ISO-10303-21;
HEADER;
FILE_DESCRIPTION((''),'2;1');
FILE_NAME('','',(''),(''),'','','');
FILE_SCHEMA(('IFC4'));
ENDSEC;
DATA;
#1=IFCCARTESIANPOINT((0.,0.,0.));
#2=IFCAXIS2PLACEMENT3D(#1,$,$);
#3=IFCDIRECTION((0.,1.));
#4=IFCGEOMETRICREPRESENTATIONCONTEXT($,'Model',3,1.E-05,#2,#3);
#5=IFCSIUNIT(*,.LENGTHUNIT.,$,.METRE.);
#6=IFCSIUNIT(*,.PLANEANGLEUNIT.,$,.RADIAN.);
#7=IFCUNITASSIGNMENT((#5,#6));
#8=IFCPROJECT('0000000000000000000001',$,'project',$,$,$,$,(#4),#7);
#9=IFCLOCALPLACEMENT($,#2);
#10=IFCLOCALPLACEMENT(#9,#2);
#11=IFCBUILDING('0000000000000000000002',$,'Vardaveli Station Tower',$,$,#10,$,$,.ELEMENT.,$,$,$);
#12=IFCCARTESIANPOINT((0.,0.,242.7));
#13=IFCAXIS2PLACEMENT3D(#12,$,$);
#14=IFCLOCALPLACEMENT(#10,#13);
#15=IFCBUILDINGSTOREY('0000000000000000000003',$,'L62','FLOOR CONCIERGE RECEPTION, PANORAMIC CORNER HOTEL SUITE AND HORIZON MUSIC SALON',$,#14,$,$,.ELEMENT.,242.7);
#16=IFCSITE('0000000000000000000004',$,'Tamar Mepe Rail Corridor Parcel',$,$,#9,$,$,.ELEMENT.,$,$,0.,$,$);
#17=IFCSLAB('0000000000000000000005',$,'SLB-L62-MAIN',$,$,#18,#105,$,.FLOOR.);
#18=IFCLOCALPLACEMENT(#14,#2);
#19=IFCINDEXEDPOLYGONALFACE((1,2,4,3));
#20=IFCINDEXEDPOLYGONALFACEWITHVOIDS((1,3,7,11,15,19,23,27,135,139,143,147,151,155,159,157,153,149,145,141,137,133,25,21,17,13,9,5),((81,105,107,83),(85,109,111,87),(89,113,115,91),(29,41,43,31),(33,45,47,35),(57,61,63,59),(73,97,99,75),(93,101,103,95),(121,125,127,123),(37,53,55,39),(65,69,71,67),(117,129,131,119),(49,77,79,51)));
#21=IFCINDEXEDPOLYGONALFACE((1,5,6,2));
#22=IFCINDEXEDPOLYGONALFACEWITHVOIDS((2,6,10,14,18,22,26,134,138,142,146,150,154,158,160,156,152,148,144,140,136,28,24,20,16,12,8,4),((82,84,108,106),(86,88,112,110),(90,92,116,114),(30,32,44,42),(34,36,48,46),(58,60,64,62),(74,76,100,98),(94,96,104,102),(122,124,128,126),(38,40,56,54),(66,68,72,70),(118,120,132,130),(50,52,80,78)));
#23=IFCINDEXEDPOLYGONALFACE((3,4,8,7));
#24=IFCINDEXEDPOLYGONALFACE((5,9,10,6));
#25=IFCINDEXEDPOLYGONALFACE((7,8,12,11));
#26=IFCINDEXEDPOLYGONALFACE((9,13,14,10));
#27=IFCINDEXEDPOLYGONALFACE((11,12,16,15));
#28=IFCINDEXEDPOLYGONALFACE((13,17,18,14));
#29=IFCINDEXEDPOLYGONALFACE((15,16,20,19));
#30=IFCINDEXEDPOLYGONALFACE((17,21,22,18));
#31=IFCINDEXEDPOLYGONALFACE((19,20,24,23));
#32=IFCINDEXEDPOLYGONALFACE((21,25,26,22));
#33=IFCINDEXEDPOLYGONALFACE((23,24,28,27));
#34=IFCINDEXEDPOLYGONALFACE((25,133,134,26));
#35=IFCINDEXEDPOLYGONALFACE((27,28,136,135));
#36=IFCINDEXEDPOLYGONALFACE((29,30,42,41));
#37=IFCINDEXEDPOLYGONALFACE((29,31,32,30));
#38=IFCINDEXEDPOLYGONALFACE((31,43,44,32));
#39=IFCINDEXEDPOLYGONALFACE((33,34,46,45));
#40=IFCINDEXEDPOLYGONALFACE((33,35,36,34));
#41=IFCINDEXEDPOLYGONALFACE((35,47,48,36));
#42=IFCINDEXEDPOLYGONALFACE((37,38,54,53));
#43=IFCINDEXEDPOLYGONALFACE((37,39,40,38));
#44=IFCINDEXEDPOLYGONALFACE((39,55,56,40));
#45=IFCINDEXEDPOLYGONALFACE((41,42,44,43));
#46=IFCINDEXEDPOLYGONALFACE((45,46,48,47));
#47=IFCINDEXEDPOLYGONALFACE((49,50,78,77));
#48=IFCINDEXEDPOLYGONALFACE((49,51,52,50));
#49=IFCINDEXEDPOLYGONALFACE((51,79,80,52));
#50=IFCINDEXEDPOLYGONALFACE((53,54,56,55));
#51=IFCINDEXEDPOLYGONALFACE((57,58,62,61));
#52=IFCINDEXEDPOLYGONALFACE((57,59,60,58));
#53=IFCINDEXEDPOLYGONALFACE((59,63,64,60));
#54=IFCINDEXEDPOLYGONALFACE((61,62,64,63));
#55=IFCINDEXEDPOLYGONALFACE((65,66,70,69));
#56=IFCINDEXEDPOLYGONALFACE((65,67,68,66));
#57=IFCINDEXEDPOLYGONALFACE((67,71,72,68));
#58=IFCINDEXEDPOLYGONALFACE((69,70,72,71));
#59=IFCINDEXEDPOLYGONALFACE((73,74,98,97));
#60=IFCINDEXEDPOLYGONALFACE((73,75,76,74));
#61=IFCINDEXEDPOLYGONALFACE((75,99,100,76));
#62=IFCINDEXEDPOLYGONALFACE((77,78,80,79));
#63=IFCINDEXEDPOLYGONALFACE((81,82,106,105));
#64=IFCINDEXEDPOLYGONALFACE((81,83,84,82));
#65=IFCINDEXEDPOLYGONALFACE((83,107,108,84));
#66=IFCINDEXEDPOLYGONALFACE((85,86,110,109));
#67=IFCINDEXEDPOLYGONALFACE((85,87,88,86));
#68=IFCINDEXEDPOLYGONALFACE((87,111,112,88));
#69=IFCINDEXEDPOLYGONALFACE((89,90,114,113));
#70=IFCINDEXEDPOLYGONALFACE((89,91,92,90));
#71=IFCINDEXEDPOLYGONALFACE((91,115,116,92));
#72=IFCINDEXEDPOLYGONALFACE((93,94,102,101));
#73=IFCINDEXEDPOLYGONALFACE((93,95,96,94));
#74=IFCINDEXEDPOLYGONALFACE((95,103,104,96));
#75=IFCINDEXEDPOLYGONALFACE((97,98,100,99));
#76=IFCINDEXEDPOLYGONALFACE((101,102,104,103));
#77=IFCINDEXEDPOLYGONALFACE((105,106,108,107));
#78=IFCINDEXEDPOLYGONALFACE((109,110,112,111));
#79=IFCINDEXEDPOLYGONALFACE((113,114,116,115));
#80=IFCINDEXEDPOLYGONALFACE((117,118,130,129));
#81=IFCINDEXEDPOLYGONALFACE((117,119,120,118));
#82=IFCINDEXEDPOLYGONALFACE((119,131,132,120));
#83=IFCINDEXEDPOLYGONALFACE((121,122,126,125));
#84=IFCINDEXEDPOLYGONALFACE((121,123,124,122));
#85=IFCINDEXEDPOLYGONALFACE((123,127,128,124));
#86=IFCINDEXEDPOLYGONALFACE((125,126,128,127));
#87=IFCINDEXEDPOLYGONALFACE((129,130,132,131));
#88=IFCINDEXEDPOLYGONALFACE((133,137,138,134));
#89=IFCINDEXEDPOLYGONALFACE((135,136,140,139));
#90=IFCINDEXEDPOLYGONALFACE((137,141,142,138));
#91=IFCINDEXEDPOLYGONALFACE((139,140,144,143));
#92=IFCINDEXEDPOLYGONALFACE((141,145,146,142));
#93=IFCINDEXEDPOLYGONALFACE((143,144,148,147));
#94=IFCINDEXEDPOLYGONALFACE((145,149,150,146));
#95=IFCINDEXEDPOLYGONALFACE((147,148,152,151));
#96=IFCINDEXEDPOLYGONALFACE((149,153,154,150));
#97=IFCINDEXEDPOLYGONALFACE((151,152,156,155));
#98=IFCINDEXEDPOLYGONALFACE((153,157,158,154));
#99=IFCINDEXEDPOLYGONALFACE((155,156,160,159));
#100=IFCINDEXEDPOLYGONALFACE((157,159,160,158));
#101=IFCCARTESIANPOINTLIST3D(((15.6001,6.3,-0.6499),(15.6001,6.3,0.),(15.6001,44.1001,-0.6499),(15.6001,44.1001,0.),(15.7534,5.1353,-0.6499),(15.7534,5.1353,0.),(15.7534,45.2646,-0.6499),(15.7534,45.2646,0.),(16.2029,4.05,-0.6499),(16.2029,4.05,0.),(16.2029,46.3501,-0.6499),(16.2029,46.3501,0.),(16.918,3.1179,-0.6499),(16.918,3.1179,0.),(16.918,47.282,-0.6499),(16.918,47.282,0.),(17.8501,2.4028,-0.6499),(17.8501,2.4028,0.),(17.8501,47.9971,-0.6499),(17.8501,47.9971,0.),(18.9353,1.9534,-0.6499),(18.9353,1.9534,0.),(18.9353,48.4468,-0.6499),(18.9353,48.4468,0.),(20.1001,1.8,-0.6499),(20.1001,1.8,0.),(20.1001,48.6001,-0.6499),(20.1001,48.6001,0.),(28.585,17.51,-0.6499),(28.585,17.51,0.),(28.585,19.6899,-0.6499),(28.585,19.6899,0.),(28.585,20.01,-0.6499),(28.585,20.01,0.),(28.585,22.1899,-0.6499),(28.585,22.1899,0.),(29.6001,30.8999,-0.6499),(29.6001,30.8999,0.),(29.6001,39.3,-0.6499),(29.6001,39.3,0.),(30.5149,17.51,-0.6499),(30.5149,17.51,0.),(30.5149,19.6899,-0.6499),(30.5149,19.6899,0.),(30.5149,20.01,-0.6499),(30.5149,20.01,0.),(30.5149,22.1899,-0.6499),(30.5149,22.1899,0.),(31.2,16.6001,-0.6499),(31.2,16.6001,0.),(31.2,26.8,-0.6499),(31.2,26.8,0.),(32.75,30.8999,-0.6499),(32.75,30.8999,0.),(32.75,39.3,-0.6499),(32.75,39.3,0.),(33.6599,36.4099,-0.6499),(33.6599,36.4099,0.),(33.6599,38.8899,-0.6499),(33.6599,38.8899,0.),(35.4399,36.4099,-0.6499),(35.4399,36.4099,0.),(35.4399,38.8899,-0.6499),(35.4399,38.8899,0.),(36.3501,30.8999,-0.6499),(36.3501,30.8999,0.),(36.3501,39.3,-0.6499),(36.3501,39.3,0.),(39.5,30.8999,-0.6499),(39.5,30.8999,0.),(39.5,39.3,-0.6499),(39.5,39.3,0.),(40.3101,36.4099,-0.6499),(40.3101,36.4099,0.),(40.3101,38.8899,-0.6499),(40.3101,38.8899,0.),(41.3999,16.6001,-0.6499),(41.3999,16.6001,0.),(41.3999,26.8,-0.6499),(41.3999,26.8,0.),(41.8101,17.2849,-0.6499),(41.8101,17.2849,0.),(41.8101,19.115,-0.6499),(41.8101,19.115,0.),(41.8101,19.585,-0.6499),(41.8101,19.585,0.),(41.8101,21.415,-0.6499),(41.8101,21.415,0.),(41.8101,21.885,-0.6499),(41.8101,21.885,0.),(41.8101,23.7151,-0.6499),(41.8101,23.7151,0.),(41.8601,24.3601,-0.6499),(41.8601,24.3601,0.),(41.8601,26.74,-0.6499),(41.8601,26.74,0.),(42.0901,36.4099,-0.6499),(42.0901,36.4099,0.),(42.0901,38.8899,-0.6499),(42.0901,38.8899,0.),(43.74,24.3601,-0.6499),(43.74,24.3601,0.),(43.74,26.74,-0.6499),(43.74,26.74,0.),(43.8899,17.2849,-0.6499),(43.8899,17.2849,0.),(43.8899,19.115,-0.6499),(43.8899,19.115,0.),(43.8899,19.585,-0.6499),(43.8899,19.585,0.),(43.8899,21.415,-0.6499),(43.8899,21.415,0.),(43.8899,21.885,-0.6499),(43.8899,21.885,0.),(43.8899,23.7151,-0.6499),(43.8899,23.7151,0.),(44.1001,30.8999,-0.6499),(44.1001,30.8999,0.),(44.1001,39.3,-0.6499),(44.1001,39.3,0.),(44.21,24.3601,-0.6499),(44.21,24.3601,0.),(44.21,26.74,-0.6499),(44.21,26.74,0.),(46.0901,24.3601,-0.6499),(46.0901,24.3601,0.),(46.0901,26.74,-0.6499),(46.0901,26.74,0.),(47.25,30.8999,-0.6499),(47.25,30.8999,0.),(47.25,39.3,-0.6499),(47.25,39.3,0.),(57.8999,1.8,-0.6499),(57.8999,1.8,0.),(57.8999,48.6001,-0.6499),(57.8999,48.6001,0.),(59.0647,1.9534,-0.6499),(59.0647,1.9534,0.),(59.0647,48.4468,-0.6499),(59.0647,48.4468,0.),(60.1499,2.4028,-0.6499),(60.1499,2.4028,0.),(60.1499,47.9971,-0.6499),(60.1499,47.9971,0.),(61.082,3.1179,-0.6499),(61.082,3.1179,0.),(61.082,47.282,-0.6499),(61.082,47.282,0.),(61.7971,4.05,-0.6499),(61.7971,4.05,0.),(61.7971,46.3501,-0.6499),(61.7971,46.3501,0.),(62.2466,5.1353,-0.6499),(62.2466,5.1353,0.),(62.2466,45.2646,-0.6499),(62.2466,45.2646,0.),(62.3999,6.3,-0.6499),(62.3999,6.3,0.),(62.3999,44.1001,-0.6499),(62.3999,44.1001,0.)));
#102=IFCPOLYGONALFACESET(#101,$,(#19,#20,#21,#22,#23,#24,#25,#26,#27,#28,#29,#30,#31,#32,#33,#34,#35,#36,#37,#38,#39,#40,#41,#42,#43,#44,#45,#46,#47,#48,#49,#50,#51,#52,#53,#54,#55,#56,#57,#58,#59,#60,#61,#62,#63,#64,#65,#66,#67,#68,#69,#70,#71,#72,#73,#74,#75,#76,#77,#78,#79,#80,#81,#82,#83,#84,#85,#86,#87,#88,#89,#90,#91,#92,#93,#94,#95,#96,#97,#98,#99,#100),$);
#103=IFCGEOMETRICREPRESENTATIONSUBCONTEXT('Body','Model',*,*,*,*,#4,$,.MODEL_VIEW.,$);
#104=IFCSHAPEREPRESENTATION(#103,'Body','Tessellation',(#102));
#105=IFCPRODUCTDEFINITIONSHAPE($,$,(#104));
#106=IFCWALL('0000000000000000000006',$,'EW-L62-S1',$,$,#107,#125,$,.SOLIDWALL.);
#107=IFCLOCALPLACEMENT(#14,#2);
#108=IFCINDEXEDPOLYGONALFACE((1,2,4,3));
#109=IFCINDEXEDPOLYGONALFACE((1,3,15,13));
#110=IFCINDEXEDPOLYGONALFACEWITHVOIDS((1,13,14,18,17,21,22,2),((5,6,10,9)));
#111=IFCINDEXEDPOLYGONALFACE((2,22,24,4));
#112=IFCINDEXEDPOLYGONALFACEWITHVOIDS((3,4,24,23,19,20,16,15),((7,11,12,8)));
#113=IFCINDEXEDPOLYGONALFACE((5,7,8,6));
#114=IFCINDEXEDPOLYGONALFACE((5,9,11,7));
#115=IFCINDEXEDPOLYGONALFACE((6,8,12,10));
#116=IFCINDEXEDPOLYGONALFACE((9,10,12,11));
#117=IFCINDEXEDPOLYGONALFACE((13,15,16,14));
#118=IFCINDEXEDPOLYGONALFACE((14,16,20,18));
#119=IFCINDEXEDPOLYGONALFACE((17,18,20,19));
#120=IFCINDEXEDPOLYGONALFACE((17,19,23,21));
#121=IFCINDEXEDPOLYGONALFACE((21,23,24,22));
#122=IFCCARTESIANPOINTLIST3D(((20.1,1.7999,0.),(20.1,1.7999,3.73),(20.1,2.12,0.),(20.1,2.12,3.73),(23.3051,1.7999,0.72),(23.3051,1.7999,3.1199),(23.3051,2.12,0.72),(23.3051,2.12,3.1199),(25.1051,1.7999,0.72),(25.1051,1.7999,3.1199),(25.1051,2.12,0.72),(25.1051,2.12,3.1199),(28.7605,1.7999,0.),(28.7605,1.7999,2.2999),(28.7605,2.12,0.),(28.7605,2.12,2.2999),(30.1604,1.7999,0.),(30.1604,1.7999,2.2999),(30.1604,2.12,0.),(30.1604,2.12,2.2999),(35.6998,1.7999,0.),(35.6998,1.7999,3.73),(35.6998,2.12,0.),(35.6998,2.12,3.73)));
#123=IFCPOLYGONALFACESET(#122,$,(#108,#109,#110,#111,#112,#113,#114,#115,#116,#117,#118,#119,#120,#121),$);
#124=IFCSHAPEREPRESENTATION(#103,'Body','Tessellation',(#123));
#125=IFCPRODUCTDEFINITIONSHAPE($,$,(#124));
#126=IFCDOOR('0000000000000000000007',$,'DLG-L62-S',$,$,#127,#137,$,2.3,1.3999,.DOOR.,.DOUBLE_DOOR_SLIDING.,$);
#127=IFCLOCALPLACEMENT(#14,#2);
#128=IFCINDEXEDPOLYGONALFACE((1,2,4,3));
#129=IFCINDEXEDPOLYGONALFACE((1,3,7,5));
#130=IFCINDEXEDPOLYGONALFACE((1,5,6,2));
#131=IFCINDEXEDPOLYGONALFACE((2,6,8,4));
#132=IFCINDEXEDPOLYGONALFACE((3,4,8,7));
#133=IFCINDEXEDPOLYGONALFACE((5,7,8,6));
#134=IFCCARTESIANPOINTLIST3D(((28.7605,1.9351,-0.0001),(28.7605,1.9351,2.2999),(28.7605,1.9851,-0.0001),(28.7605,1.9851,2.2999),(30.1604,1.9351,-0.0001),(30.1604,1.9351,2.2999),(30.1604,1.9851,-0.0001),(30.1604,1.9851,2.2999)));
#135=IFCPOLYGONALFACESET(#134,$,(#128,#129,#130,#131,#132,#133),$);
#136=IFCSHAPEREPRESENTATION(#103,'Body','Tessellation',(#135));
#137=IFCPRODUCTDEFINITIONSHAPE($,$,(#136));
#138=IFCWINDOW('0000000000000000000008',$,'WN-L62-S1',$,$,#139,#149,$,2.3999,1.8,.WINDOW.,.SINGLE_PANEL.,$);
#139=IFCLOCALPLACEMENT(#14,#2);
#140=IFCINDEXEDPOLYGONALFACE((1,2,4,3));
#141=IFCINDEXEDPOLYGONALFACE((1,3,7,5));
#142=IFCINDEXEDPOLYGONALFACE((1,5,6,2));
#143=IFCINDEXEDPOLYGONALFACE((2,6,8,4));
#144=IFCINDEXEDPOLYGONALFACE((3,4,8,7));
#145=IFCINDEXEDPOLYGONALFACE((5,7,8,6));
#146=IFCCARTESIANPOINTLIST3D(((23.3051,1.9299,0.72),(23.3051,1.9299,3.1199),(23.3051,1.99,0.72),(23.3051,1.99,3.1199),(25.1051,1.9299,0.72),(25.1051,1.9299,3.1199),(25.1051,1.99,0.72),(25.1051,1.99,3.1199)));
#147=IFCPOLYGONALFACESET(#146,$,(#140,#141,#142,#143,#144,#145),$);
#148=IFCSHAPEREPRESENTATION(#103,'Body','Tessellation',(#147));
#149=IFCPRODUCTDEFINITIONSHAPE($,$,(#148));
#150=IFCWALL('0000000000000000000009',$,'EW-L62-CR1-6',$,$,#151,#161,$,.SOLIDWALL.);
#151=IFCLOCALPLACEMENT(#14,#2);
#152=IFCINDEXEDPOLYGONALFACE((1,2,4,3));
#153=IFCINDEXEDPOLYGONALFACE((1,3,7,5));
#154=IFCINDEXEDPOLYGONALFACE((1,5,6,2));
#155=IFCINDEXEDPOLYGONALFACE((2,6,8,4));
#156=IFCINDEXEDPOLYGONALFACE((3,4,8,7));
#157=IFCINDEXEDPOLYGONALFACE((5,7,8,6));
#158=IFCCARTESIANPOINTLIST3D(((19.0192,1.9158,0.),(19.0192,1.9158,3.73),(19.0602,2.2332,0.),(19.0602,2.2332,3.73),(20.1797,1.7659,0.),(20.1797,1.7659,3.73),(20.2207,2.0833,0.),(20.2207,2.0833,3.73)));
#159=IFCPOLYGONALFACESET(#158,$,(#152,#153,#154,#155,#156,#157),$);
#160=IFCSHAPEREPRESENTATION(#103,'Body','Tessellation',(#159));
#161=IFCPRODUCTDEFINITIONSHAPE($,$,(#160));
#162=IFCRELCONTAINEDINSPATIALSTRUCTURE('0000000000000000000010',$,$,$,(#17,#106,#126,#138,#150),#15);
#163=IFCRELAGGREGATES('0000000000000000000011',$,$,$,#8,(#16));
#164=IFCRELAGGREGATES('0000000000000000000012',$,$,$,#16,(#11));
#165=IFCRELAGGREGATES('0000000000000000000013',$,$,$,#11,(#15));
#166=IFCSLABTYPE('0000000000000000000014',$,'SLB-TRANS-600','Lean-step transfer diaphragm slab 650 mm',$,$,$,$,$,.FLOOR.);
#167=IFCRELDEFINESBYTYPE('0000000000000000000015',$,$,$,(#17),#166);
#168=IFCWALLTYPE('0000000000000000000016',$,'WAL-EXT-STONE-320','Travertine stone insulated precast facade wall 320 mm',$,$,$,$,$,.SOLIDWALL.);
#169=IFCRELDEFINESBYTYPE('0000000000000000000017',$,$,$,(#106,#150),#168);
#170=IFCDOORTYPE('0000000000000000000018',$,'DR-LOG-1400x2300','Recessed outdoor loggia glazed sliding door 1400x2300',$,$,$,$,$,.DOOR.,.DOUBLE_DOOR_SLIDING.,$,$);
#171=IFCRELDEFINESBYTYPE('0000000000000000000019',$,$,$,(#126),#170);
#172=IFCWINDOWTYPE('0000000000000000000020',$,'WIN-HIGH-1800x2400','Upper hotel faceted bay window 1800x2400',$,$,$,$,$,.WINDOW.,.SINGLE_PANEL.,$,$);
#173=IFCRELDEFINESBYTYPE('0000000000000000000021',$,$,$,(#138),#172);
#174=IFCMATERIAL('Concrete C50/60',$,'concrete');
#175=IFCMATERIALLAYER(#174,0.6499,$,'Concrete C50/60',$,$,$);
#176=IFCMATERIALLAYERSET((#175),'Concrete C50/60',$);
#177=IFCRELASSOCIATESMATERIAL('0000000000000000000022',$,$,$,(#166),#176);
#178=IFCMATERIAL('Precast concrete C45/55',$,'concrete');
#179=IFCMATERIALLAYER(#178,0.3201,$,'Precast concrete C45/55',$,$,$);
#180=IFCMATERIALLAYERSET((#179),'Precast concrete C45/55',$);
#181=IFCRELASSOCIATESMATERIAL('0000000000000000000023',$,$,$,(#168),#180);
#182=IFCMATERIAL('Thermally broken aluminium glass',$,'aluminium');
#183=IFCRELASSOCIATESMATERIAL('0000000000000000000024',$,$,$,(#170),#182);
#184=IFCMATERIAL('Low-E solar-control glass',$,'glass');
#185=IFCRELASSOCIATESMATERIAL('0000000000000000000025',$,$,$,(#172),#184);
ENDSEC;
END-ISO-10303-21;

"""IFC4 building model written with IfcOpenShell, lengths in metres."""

from ifc_helpers import new_model, si_unit, direction, frame, frame_2d, origin, place, context, subcontext, project, spatial, polyline, rectangle, outline, extrude, source, transform, mapped, material, layer, layer_set, type_object, element, fill, save


model = new_model("IFC4")

# Units and contexts
model_context = context("Model", 3, precision=1e-05, world=origin(), true_north=direction((0.0, 1.0)))
body_context = subcontext(model_context, "Body", "Model", "MODEL_VIEW")
ifc_project = project(units=[si_unit("LENGTHUNIT", "METRE"), si_unit("PLANEANGLEUNIT", "RADIAN")], contexts=[model_context])

# Site, building, storey
site_placement = place(None, origin())
site = spatial("IfcSite", under=ifc_project, at=site_placement, Name="Tamar Mepe Rail Corridor Parcel", CompositionType="ELEMENT", RefElevation=0.0)
building_placement = place(site_placement, origin())
building = spatial("IfcBuilding", under=site, at=building_placement, Name="Vardaveli Station Tower", CompositionType="ELEMENT")
storey_placement = place(building_placement, frame((0.0, 0.0, 242.7)))
storey = spatial("IfcBuildingStorey", under=building, at=storey_placement, Name="L62", Description="FLOOR CONCIERGE RECEPTION, PANORAMIC CORNER HOTEL SUITE AND HORIZON MUSIC SALON", CompositionType="ELEMENT", Elevation=242.7)

# Slab
ifc_material_1 = material(Name="Precast concrete C45/55", Category="concrete")
ifc_material_2 = material(Name="Concrete C50/60", Category="concrete")
ifc_layer_1 = layer(ifc_material_2, 0.6499, Name="Concrete C50/60")
ifc_layer_set_1 = layer_set([ifc_layer_1], Name="Concrete C50/60")
slab_type_1 = type_object("IfcSlabType", Name="SLB-TRANS-600", Description="Lean-step transfer diaphragm slab 650 mm", PredefinedType="FLOOR", material=ifc_layer_set_1)
slab_1_placement = place(storey_placement, frame((0.0, 0.0, -0.6499)))
element("IfcSlab", 1, at=slab_1_placement, inside=storey, type_object=slab_type_1, Name="SLB-L62-MAIN", PredefinedType="FLOOR", context=body_context, shape_type="SweptSolid", body=[
    extrude(outline(polyline([(15.6001, 6.3), (15.7534, 5.1353), (16.2029, 4.05), (16.918, 3.1179), (17.8501, 2.4028), (18.9353, 1.9534), (20.1001, 1.8), (57.8999, 1.8), (59.0647, 1.9534), (60.1499, 2.4028), (61.082, 3.1179), (61.7971, 4.05), (62.2466, 5.1353), (62.3999, 6.3), (62.3999, 44.1001), (62.2466, 45.2646), (61.7971, 46.3501), (61.082, 47.282), (60.1499, 47.9971), (59.0647, 48.4468), (57.8999, 48.6001), (20.1001, 48.6001), (18.9353, 48.4468), (17.8501, 47.9971), (16.918, 47.282), (16.2029, 46.3501), (15.7534, 45.2646), (15.6001, 44.1001), (15.6001, 6.3)]), holes=[polyline([(31.2, 16.6001), (41.3999, 16.6001), (41.3999, 26.8), (31.2, 26.8), (31.2, 16.6001)]), polyline([(32.75, 30.8999), (32.75, 39.3), (29.6001, 39.3), (29.6001, 30.8999), (32.75, 30.8999)]), polyline([(39.5, 30.8999), (39.5, 39.3), (36.3501, 39.3), (36.3501, 30.8999), (39.5, 30.8999)]), polyline([(47.25, 30.8999), (47.25, 39.3), (44.1001, 39.3), (44.1001, 30.8999), (47.25, 30.8999)]), polyline([(33.6599, 36.4099), (35.4399, 36.4099), (35.4399, 38.8899), (33.6599, 38.8899), (33.6599, 36.4099)]), polyline([(40.3101, 36.4099), (42.0901, 36.4099), (42.0901, 38.8899), (40.3101, 38.8899), (40.3101, 36.4099)]), polyline([(41.8101, 21.885), (43.8899, 21.885), (43.8899, 23.7151), (41.8101, 23.7151), (41.8101, 21.885)]), polyline([(41.8101, 19.585), (43.8899, 19.585), (43.8899, 21.415), (41.8101, 21.415), (41.8101, 19.585)]), polyline([(41.8101, 17.2849), (43.8899, 17.2849), (43.8899, 19.115), (41.8101, 19.115), (41.8101, 17.2849)]), polyline([(28.585, 17.51), (30.5149, 17.51), (30.5149, 19.6899), (28.585, 19.6899), (28.585, 17.51)]), polyline([(28.585, 20.01), (30.5149, 20.01), (30.5149, 22.1899), (28.585, 22.1899), (28.585, 20.01)]), polyline([(41.8601, 24.3601), (43.74, 24.3601), (43.74, 26.74), (41.8601, 26.74), (41.8601, 24.3601)]), polyline([(44.21, 24.3601), (46.0901, 24.3601), (46.0901, 26.74), (44.21, 26.74), (44.21, 24.3601)])]), origin(), (0.0, 0.0, 1.0), 0.6499),
])

# Wall, openings, door, window
ifc_layer_2 = layer(ifc_material_1, 0.3201, Name="Precast concrete C45/55")
ifc_layer_set_2 = layer_set([ifc_layer_2], Name="Precast concrete C45/55")
wall_type = type_object("IfcWallType", Name="WAL-EXT-STONE-320", Description="Travertine stone insulated precast facade wall 320 mm", PredefinedType="SOLIDWALL", material=ifc_layer_set_2)
shared_shape_1 = source(origin(), body_context, "Body", "SweptSolid", [
    extrude(rectangle(XDim=15.5999, YDim=0.3201, at=frame_2d((7.7998, 0.0))), origin(), (0.0, 0.0, 1.0), 3.73),
])
wall_1_placement = place(storey_placement, frame((20.1001, 1.96, 0.0), z_axis=(0.0, 0.0, 1.0), x_axis=(1.0, 0.0, 0.0)))
wall_1 = element("IfcWall", 2, at=wall_1_placement, inside=storey, type_object=wall_type, Name="EW-L62-S1", PredefinedType="SOLIDWALL", context=body_context, shape_type="MappedRepresentation", body=[
    mapped(shared_shape_1, transform((0.0, 0.0, 0.0), scale=1.0)),
])
shared_shape_2 = source(origin(), body_context, "Body", "SweptSolid", [
    extrude(rectangle(XDim=1.3999, YDim=2.3, at=frame_2d((0.7, 1.1499))), frame((0.0, 0.1699, 0.0), z_axis=(0.0, -1.0, 0.0), x_axis=(1.0, 0.0, 0.0)), (0.0, 0.0, 1.0), 0.3401),
])
opening_1_placement = place(wall_1_placement, frame((8.6604, 0.0, 0.0)))
opening_1 = element("IfcOpeningElement", 3, at=opening_1_placement, cuts=wall_1, PredefinedType="OPENING", context=body_context, shape_type="MappedRepresentation", body=[
    mapped(shared_shape_2, transform((0.0, 0.0, 0.0), scale=1.0)),
])
shared_shape_3 = source(origin(), body_context, "Body", "SweptSolid", [
    extrude(rectangle(XDim=1.8, YDim=2.3999, at=frame_2d((0.8999, 1.2))), frame((0.0, 0.1699, 0.0), z_axis=(0.0, -1.0, 0.0), x_axis=(1.0, 0.0, 0.0)), (0.0, 0.0, 1.0), 0.3401),
])
opening_2_placement = place(wall_1_placement, frame((3.2051, 0.0, 0.72)))
opening_2 = element("IfcOpeningElement", 4, at=opening_2_placement, cuts=wall_1, PredefinedType="OPENING", context=body_context, shape_type="MappedRepresentation", body=[
    mapped(shared_shape_3, transform((0.0, 0.0, 0.0), scale=1.0)),
])
ifc_material_3 = material(Name="Thermally broken aluminium glass", Category="aluminium")
door_type = type_object("IfcDoorType", Name="DR-LOG-1400x2300", Description="Recessed outdoor loggia glazed sliding door 1400x2300", OperationType="DOUBLE_DOOR_SLIDING", PredefinedType="DOOR", material=ifc_material_3)
shared_shape_4 = source(origin(), body_context, "Body", "SweptSolid", [
    extrude(rectangle(XDim=1.3999, YDim=2.3, at=frame_2d((0.7, 1.1499))), frame((0.0, 0.0249, 0.0), z_axis=(0.0, -1.0, 0.0), x_axis=(1.0, 0.0, 0.0)), (0.0, 0.0, 1.0), 0.05),
])
door_placement = place(opening_1_placement, frame((1.3999, 0.0, 0.0), z_axis=(0.0, 0.0, 1.0), x_axis=(-1.0, 0.0, 0.0)))
door = element("IfcDoor", 5, at=door_placement, inside=storey, type_object=door_type, Name="DLG-L62-S", OperationType="DOUBLE_DOOR_SLIDING", OverallHeight=2.3, OverallWidth=1.3999, PredefinedType="DOOR", context=body_context, shape_type="MappedRepresentation", body=[
    mapped(shared_shape_4, transform((0.0, 0.0, 0.0), scale=1.0)),
])
fill(opening_1, door)
ifc_material_4 = material(Name="Low-E solar-control glass", Category="glass")
window_type = type_object("IfcWindowType", Name="WIN-HIGH-1800x2400", Description="Upper hotel faceted bay window 1800x2400", PartitioningType="SINGLE_PANEL", PredefinedType="WINDOW", material=ifc_material_4)
shared_shape_5 = source(origin(), body_context, "Body", "SweptSolid", [
    extrude(rectangle(XDim=1.8, YDim=2.3999, at=frame_2d((0.8999, 1.2))), frame((0.0, 0.03, 0.0), z_axis=(0.0, -1.0, 0.0), x_axis=(1.0, 0.0, 0.0)), (0.0, 0.0, 1.0), 0.0601),
])
window_placement = place(opening_2_placement, origin())
window = element("IfcWindow", 6, at=window_placement, inside=storey, type_object=window_type, Name="WN-L62-S1", OverallHeight=2.3999, OverallWidth=1.8, PartitioningType="SINGLE_PANEL", PredefinedType="WINDOW", context=body_context, shape_type="MappedRepresentation", body=[
    mapped(shared_shape_5, transform((0.0, 0.0, 0.0), scale=1.0)),
])
fill(opening_2, window)

# Wall
shared_shape_6 = source(origin(), body_context, "Body", "SweptSolid", [
    extrude(rectangle(XDim=1.1702, YDim=0.3201, at=frame_2d((0.585, 0.0))), origin(), (0.0, 0.0, 1.0), 3.73),
])
wall_2_placement = place(storey_placement, frame((19.0398, 2.0745, 0.0), z_axis=(0.0, 0.0, 1.0), x_axis=(0.991762, -0.12809, 0.0)))
element("IfcWall", 7, at=wall_2_placement, inside=storey, type_object=wall_type, Name="EW-L62-CR1-6", PredefinedType="SOLIDWALL", context=body_context, shape_type="MappedRepresentation", body=[
    mapped(shared_shape_6, transform((0.0, 0.0, 0.0), scale=1.0)),
])

save(model, "model.ifc")
